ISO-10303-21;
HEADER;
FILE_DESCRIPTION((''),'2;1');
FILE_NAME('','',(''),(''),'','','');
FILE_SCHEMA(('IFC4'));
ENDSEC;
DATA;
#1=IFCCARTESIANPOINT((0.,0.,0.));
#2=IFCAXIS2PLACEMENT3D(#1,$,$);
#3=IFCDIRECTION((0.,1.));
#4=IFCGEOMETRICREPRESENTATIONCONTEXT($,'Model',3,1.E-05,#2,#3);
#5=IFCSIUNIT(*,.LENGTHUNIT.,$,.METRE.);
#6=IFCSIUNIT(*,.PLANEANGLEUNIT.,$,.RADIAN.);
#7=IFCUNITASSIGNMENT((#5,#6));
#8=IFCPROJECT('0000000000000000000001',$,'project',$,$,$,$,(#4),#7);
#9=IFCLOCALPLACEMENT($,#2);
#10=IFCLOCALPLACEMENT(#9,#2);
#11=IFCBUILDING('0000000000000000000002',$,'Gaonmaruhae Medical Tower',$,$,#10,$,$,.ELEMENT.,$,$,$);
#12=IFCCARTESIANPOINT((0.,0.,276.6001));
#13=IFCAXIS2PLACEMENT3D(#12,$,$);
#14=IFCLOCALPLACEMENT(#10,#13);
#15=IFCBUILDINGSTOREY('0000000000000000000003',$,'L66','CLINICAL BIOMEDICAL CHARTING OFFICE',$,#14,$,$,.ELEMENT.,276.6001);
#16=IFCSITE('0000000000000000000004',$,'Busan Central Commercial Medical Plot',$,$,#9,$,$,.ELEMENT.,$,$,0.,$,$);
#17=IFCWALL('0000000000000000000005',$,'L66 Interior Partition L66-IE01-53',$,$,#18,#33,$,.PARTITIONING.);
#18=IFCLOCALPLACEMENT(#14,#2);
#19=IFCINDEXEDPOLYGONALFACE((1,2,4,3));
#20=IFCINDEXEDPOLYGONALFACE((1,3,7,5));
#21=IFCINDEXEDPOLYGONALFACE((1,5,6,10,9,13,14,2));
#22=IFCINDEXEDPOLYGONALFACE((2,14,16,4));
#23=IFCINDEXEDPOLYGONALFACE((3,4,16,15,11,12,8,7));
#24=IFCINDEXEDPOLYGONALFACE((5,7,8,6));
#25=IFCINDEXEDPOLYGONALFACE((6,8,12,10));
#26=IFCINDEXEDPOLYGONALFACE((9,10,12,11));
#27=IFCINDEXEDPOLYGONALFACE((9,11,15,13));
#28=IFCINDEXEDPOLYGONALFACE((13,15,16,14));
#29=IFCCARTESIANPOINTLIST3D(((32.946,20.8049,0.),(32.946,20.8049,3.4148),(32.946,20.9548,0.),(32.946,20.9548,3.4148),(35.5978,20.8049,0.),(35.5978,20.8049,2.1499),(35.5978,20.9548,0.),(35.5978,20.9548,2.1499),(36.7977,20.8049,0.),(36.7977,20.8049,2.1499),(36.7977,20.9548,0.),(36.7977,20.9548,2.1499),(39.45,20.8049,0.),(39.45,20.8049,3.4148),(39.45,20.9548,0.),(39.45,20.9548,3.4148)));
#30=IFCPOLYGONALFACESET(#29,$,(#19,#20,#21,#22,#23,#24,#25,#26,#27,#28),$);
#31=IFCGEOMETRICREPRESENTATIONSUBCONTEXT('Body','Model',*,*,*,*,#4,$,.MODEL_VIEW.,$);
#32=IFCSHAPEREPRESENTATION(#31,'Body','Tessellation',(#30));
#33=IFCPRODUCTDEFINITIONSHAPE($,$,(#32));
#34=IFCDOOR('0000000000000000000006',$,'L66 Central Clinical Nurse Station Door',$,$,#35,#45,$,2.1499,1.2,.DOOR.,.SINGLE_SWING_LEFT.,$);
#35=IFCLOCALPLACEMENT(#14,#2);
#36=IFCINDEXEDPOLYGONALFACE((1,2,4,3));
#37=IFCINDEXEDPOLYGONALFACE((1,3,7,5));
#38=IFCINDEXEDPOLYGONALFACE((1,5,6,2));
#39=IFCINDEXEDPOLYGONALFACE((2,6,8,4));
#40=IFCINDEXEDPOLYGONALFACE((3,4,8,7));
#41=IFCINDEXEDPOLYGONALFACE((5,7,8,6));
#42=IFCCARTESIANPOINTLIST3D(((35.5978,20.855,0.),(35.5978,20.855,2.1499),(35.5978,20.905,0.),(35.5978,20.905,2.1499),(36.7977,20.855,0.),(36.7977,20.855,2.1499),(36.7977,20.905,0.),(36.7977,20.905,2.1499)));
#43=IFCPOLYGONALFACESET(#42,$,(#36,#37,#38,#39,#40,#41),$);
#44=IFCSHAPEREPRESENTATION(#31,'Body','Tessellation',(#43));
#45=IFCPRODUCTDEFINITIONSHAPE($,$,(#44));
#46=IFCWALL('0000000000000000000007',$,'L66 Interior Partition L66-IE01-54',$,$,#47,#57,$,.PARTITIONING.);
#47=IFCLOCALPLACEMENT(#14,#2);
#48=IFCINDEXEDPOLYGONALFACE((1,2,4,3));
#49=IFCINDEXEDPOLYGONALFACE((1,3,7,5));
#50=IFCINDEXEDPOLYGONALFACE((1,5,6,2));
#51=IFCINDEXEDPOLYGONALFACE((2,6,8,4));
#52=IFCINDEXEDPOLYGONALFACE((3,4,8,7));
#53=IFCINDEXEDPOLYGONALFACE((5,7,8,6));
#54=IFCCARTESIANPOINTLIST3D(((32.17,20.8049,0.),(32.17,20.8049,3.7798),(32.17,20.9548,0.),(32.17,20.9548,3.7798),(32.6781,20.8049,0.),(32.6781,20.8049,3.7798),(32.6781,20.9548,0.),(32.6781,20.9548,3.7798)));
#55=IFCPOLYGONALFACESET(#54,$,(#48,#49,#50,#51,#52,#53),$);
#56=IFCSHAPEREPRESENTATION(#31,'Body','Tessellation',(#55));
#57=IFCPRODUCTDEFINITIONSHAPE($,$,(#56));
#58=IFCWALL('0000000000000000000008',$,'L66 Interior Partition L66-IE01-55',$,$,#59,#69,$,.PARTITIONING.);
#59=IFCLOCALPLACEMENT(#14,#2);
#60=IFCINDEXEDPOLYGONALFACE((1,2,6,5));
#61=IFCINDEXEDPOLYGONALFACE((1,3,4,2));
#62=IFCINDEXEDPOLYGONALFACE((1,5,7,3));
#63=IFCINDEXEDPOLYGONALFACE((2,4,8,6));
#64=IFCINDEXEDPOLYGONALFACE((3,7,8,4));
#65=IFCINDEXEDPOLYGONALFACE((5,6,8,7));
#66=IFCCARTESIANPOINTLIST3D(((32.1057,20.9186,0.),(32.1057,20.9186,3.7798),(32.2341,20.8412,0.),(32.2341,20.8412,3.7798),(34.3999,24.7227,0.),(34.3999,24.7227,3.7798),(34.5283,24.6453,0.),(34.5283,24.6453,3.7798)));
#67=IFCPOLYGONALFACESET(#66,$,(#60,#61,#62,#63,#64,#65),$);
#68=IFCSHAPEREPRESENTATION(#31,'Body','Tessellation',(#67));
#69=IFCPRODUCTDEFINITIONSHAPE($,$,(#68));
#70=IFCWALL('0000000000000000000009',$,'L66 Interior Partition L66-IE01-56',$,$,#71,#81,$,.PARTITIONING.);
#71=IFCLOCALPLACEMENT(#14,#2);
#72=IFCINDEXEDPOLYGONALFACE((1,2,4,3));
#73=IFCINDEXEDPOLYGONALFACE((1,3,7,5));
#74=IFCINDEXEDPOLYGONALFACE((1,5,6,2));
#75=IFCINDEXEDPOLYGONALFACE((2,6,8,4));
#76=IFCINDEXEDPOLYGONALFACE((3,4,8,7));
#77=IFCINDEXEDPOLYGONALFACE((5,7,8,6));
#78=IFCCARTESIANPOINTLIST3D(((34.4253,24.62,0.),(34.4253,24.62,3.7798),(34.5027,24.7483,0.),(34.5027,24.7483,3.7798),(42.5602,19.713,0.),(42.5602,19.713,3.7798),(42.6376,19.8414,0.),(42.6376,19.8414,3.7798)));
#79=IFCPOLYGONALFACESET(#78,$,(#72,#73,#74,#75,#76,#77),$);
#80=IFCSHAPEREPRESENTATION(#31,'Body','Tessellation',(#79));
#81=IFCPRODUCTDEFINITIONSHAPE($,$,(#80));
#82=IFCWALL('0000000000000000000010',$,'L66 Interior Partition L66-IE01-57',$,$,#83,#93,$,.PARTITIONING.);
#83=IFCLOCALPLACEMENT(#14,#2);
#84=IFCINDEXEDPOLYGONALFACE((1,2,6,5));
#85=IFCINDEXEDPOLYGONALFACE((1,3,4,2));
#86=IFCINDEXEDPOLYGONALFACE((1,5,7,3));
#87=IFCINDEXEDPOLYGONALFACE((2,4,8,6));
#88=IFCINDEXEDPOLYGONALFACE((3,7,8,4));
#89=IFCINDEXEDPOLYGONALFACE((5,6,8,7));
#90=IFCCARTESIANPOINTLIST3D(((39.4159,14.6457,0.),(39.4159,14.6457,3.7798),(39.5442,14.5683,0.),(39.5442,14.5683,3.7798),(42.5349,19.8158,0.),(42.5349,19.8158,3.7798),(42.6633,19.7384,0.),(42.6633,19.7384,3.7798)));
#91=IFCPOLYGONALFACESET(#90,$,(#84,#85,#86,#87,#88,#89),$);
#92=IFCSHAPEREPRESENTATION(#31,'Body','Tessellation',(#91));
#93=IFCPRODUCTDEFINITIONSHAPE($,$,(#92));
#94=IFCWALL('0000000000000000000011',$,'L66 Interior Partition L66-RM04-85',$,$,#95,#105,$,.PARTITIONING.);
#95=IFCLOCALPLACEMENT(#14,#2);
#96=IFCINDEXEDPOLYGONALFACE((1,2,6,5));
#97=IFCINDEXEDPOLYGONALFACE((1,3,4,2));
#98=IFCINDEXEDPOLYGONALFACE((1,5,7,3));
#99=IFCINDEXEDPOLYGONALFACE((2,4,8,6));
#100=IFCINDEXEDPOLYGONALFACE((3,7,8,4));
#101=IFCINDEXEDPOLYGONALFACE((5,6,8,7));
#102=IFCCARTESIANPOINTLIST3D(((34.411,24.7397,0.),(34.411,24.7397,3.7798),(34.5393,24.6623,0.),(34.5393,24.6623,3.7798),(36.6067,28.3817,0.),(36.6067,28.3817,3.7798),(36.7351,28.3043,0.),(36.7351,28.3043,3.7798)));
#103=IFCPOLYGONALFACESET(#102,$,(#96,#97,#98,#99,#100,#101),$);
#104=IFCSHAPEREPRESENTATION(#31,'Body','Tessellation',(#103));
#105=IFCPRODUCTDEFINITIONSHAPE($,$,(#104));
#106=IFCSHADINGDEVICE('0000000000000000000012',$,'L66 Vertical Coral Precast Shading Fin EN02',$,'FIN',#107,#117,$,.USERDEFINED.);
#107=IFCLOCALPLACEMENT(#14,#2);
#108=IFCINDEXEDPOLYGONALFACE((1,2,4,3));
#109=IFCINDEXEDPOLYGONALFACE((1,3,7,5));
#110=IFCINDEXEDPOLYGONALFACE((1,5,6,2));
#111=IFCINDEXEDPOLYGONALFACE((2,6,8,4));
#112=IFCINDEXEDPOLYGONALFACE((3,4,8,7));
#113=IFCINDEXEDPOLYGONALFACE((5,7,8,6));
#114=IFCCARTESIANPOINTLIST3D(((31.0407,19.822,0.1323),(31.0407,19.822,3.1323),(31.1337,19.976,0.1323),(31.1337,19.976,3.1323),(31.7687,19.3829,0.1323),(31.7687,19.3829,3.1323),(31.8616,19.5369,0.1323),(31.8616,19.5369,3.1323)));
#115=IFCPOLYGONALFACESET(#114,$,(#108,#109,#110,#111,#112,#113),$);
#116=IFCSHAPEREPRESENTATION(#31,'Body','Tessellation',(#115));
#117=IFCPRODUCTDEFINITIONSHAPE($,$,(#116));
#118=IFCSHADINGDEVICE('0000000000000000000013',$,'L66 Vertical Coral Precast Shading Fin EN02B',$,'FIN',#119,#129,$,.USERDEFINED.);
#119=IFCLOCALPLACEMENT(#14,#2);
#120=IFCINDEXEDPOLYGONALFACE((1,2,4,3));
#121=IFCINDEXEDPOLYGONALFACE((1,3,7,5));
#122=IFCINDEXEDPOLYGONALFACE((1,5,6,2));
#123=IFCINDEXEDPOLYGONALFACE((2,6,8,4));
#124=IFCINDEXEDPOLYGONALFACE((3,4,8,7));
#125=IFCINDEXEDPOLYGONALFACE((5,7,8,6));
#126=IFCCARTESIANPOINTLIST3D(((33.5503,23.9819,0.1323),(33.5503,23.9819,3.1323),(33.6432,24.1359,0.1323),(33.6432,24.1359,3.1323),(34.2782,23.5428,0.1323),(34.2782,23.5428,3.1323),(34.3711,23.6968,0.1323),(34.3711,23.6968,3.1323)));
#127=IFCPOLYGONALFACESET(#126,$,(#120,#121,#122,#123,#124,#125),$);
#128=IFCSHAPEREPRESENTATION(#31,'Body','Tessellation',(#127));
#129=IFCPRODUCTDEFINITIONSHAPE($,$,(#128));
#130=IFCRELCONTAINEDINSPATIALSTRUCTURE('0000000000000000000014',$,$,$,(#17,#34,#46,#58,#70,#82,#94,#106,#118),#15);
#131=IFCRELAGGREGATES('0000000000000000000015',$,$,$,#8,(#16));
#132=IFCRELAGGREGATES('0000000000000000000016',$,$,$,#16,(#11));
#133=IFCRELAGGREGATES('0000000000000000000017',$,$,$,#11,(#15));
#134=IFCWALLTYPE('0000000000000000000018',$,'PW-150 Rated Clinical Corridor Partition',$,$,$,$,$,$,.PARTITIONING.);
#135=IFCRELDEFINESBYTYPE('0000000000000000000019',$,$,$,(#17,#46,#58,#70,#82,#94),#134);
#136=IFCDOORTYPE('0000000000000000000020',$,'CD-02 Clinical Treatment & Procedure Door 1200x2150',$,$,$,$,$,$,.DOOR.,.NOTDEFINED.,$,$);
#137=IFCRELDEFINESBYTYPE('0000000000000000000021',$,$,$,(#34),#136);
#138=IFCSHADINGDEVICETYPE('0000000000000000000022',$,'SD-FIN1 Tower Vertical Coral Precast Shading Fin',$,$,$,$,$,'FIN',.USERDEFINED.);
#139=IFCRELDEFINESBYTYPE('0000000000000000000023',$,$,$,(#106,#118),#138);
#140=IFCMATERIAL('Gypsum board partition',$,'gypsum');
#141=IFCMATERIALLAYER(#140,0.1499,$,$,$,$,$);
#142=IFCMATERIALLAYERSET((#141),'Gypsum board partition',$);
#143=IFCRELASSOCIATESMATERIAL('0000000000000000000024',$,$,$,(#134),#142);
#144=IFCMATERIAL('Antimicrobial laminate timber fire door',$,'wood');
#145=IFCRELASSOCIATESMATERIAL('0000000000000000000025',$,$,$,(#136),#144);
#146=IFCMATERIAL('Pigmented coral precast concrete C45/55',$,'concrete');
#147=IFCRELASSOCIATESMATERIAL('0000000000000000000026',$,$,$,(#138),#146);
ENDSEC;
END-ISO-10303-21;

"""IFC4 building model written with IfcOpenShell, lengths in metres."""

from ifc_helpers import new_model, si_unit, direction, frame, frame_2d, origin, origin_2d, place, context, subcontext, project, spatial, rectangle, extrude, material, layer, layer_set, type_object, element, fill, save


model = new_model("IFC4")

# Units and contexts
model_context = context("Model", 3, precision=1e-05, world=origin(), true_north=direction((0.0, 1.0)))
body_context = subcontext(model_context, "Body", "Model", "MODEL_VIEW")
ifc_project = project(units=[si_unit("LENGTHUNIT", "METRE"), si_unit("PLANEANGLEUNIT", "RADIAN")], contexts=[model_context])

# Site, building, storey
site_placement = place(None, origin())
site = spatial("IfcSite", under=ifc_project, at=site_placement, Name="Busan Central Commercial Medical Plot", CompositionType="ELEMENT", RefElevation=0.0)
building_placement = place(site_placement, origin())
building = spatial("IfcBuilding", under=site, at=building_placement, Name="Gaonmaruhae Medical Tower", CompositionType="ELEMENT")
storey_placement = place(building_placement, frame((0.0, 0.0, 276.6001)))
storey = spatial("IfcBuildingStorey", under=building, at=storey_placement, Name="L66", Description="CLINICAL BIOMEDICAL CHARTING OFFICE", CompositionType="ELEMENT", Elevation=276.6001)

# Wall, opening, door
ifc_material_1 = material(Name="Gypsum board partition", Category="gypsum")
ifc_layer_1 = layer(ifc_material_1, 0.1499)
ifc_layer_set_1 = layer_set([ifc_layer_1], Name="Gypsum board partition")
wall_type_1 = type_object("IfcWallType", Name="PW-150 Rated Clinical Corridor Partition", PredefinedType="PARTITIONING", material=ifc_layer_set_1)
wall_1_placement = place(storey_placement, frame((39.45, 20.8799, 0.0), z_axis=(0.0, 0.0, 1.0), x_axis=(-1.0, 0.0, 0.0)))
wall_1 = element("IfcWall", 1, at=wall_1_placement, inside=storey, type_object=wall_type_1, Name="L66 Interior Partition L66-IE01-53", PredefinedType="PARTITIONING", context=body_context, shape_type="SweptSolid", body=[
    extrude(rectangle(XDim=6.5039, YDim=0.1499, at=frame_2d((3.252, 0.0))), origin(), (0.0, 0.0, 1.0), 3.4148),
])
opening_1_placement = place(wall_1_placement, frame((2.6521, 0.0, 0.0)))
opening_1 = element("IfcOpeningElement", 2, at=opening_1_placement, cuts=wall_1, PredefinedType="OPENING", context=body_context, shape_type="SweptSolid", body=[
    extrude(rectangle(XDim=1.2, YDim=2.1499, at=frame_2d((0.6001, 1.075))), frame((0.0, 0.085, 0.0), z_axis=(0.0, -1.0, 0.0), x_axis=(1.0, 0.0, 0.0)), (0.0, 0.0, 1.0), 0.1699),
])
ifc_material_2 = material(Name="Antimicrobial laminate timber fire door", Category="wood")
door_type = type_object("IfcDoorType", Name="CD-02 Clinical Treatment & Procedure Door 1200x2150", OperationType="NOTDEFINED", PredefinedType="DOOR", material=ifc_material_2)
door_1_placement = place(opening_1_placement, origin())
door_1 = element("IfcDoor", 3, at=door_1_placement, inside=storey, type_object=door_type, Name="L66 Central Clinical Nurse Station Door", OperationType="SINGLE_SWING_LEFT", OverallHeight=2.1499, OverallWidth=1.2, PredefinedType="DOOR", context=body_context, shape_type="SweptSolid", body=[
    extrude(rectangle(XDim=1.2, YDim=2.1499, at=frame_2d((0.6001, 1.075))), frame((0.0, 0.0249, 0.0), z_axis=(0.0, -1.0, 0.0), x_axis=(1.0, 0.0, 0.0)), (0.0, 0.0, 1.0), 0.05),
])
fill(opening_1, door_1)

# Walls
wall_2_placement = place(storey_placement, frame((32.678, 20.8799, 0.0), z_axis=(0.0, 0.0, 1.0), x_axis=(-1.0, 0.0, 0.0)))
element("IfcWall", 4, at=wall_2_placement, inside=storey, type_object=wall_type_1, Name="L66 Interior Partition L66-IE01-54", PredefinedType="PARTITIONING", context=body_context, shape_type="SweptSolid", body=[
    extrude(rectangle(XDim=0.5081, YDim=0.1499, at=frame_2d((0.2539, 0.0))), origin(), (0.0, 0.0, 1.0), 3.7798),
])
wall_3_placement = place(storey_placement, frame((32.1699, 20.8799, 0.0), z_axis=(0.0, 0.0, 1.0), x_axis=(0.516426, 0.856332, 0.0)))
element("IfcWall", 5, at=wall_3_placement, inside=storey, type_object=wall_type_1, Name="L66 Interior Partition L66-IE01-55", PredefinedType="PARTITIONING", context=body_context, shape_type="SweptSolid", body=[
    extrude(rectangle(XDim=4.4424, YDim=0.1499, at=frame_2d((2.2212, 0.0))), origin(), (0.0, 0.0, 1.0), 3.7798),
])
wall_4_placement = place(storey_placement, frame((34.4641, 24.6841, 0.0), z_axis=(0.0, 0.0, 1.0), x_axis=(0.856284, -0.516505, 0.0)))
element("IfcWall", 6, at=wall_4_placement, inside=storey, type_object=wall_type_1, Name="L66 Interior Partition L66-IE01-56", PredefinedType="PARTITIONING", context=body_context, shape_type="SweptSolid", body=[
    extrude(rectangle(XDim=9.5002, YDim=0.1499, at=frame_2d((4.75, 0.0))), origin(), (0.0, 0.0, 1.0), 3.7798),
])
wall_5_placement = place(storey_placement, frame((42.5991, 19.7771, 0.0), z_axis=(0.0, 0.0, 1.0), x_axis=(-0.516569, -0.856245, 0.0)))
element("IfcWall", 7, at=wall_5_placement, inside=storey, type_object=wall_type_1, Name="L66 Interior Partition L66-IE01-57", PredefinedType="PARTITIONING", context=body_context, shape_type="SweptSolid", body=[
    extrude(rectangle(XDim=6.0381, YDim=0.1499, at=frame_2d((3.019, 0.0))), origin(), (0.0, 0.0, 1.0), 3.7798),
])
wall_6_placement = place(storey_placement, frame((34.4751, 24.7009, 0.0), z_axis=(0.0, 0.0, 1.0), x_axis=(0.516318, 0.856397, 0.0)))
element("IfcWall", 8, at=wall_6_placement, inside=storey, type_object=wall_type_1, Name="L66 Interior Partition L66-RM04-85", PredefinedType="PARTITIONING", context=body_context, shape_type="SweptSolid", body=[
    extrude(rectangle(XDim=4.2527, YDim=0.1499, at=frame_2d((2.1265, 0.0))), origin(), (0.0, 0.0, 1.0), 3.7798),
])

# Shading devices
ifc_material_3 = material(Name="Pigmented coral precast concrete C45/55", Category="concrete")
shading_device_type = type_object("IfcShadingDeviceType", Name="SD-FIN1 Tower Vertical Coral Precast Shading Fin", ElementType="FIN", PredefinedType="USERDEFINED", material=ifc_material_3)
for number, where, z_axis, x_axis, name in (
    (9, (31.4512, 19.6794, 0.1323), (0.0, 0.0, 1.0), (0.516533, 0.856267, 0.0), "L66 Vertical Coral Precast Shading Fin EN02"),
    (10, (33.9607, 23.8394, 0.1323), (0.0, 0.0, 1.0), (0.516533, 0.856267, 0.0), "L66 Vertical Coral Precast Shading Fin EN02B"),
):
    element("IfcShadingDevice", number, at=place(storey_placement, frame(where, z_axis=z_axis, x_axis=x_axis)), inside=storey, type_object=shading_device_type, Name=name, ObjectType="FIN", PredefinedType="USERDEFINED", context=body_context, shape_type="SweptSolid", body=[
        extrude(rectangle(XDim=0.1799, YDim=0.8501, at=origin_2d()), origin(), (0.0, 0.0, 1.0), 3.0),
    ])

save(model, "model.ifc")
